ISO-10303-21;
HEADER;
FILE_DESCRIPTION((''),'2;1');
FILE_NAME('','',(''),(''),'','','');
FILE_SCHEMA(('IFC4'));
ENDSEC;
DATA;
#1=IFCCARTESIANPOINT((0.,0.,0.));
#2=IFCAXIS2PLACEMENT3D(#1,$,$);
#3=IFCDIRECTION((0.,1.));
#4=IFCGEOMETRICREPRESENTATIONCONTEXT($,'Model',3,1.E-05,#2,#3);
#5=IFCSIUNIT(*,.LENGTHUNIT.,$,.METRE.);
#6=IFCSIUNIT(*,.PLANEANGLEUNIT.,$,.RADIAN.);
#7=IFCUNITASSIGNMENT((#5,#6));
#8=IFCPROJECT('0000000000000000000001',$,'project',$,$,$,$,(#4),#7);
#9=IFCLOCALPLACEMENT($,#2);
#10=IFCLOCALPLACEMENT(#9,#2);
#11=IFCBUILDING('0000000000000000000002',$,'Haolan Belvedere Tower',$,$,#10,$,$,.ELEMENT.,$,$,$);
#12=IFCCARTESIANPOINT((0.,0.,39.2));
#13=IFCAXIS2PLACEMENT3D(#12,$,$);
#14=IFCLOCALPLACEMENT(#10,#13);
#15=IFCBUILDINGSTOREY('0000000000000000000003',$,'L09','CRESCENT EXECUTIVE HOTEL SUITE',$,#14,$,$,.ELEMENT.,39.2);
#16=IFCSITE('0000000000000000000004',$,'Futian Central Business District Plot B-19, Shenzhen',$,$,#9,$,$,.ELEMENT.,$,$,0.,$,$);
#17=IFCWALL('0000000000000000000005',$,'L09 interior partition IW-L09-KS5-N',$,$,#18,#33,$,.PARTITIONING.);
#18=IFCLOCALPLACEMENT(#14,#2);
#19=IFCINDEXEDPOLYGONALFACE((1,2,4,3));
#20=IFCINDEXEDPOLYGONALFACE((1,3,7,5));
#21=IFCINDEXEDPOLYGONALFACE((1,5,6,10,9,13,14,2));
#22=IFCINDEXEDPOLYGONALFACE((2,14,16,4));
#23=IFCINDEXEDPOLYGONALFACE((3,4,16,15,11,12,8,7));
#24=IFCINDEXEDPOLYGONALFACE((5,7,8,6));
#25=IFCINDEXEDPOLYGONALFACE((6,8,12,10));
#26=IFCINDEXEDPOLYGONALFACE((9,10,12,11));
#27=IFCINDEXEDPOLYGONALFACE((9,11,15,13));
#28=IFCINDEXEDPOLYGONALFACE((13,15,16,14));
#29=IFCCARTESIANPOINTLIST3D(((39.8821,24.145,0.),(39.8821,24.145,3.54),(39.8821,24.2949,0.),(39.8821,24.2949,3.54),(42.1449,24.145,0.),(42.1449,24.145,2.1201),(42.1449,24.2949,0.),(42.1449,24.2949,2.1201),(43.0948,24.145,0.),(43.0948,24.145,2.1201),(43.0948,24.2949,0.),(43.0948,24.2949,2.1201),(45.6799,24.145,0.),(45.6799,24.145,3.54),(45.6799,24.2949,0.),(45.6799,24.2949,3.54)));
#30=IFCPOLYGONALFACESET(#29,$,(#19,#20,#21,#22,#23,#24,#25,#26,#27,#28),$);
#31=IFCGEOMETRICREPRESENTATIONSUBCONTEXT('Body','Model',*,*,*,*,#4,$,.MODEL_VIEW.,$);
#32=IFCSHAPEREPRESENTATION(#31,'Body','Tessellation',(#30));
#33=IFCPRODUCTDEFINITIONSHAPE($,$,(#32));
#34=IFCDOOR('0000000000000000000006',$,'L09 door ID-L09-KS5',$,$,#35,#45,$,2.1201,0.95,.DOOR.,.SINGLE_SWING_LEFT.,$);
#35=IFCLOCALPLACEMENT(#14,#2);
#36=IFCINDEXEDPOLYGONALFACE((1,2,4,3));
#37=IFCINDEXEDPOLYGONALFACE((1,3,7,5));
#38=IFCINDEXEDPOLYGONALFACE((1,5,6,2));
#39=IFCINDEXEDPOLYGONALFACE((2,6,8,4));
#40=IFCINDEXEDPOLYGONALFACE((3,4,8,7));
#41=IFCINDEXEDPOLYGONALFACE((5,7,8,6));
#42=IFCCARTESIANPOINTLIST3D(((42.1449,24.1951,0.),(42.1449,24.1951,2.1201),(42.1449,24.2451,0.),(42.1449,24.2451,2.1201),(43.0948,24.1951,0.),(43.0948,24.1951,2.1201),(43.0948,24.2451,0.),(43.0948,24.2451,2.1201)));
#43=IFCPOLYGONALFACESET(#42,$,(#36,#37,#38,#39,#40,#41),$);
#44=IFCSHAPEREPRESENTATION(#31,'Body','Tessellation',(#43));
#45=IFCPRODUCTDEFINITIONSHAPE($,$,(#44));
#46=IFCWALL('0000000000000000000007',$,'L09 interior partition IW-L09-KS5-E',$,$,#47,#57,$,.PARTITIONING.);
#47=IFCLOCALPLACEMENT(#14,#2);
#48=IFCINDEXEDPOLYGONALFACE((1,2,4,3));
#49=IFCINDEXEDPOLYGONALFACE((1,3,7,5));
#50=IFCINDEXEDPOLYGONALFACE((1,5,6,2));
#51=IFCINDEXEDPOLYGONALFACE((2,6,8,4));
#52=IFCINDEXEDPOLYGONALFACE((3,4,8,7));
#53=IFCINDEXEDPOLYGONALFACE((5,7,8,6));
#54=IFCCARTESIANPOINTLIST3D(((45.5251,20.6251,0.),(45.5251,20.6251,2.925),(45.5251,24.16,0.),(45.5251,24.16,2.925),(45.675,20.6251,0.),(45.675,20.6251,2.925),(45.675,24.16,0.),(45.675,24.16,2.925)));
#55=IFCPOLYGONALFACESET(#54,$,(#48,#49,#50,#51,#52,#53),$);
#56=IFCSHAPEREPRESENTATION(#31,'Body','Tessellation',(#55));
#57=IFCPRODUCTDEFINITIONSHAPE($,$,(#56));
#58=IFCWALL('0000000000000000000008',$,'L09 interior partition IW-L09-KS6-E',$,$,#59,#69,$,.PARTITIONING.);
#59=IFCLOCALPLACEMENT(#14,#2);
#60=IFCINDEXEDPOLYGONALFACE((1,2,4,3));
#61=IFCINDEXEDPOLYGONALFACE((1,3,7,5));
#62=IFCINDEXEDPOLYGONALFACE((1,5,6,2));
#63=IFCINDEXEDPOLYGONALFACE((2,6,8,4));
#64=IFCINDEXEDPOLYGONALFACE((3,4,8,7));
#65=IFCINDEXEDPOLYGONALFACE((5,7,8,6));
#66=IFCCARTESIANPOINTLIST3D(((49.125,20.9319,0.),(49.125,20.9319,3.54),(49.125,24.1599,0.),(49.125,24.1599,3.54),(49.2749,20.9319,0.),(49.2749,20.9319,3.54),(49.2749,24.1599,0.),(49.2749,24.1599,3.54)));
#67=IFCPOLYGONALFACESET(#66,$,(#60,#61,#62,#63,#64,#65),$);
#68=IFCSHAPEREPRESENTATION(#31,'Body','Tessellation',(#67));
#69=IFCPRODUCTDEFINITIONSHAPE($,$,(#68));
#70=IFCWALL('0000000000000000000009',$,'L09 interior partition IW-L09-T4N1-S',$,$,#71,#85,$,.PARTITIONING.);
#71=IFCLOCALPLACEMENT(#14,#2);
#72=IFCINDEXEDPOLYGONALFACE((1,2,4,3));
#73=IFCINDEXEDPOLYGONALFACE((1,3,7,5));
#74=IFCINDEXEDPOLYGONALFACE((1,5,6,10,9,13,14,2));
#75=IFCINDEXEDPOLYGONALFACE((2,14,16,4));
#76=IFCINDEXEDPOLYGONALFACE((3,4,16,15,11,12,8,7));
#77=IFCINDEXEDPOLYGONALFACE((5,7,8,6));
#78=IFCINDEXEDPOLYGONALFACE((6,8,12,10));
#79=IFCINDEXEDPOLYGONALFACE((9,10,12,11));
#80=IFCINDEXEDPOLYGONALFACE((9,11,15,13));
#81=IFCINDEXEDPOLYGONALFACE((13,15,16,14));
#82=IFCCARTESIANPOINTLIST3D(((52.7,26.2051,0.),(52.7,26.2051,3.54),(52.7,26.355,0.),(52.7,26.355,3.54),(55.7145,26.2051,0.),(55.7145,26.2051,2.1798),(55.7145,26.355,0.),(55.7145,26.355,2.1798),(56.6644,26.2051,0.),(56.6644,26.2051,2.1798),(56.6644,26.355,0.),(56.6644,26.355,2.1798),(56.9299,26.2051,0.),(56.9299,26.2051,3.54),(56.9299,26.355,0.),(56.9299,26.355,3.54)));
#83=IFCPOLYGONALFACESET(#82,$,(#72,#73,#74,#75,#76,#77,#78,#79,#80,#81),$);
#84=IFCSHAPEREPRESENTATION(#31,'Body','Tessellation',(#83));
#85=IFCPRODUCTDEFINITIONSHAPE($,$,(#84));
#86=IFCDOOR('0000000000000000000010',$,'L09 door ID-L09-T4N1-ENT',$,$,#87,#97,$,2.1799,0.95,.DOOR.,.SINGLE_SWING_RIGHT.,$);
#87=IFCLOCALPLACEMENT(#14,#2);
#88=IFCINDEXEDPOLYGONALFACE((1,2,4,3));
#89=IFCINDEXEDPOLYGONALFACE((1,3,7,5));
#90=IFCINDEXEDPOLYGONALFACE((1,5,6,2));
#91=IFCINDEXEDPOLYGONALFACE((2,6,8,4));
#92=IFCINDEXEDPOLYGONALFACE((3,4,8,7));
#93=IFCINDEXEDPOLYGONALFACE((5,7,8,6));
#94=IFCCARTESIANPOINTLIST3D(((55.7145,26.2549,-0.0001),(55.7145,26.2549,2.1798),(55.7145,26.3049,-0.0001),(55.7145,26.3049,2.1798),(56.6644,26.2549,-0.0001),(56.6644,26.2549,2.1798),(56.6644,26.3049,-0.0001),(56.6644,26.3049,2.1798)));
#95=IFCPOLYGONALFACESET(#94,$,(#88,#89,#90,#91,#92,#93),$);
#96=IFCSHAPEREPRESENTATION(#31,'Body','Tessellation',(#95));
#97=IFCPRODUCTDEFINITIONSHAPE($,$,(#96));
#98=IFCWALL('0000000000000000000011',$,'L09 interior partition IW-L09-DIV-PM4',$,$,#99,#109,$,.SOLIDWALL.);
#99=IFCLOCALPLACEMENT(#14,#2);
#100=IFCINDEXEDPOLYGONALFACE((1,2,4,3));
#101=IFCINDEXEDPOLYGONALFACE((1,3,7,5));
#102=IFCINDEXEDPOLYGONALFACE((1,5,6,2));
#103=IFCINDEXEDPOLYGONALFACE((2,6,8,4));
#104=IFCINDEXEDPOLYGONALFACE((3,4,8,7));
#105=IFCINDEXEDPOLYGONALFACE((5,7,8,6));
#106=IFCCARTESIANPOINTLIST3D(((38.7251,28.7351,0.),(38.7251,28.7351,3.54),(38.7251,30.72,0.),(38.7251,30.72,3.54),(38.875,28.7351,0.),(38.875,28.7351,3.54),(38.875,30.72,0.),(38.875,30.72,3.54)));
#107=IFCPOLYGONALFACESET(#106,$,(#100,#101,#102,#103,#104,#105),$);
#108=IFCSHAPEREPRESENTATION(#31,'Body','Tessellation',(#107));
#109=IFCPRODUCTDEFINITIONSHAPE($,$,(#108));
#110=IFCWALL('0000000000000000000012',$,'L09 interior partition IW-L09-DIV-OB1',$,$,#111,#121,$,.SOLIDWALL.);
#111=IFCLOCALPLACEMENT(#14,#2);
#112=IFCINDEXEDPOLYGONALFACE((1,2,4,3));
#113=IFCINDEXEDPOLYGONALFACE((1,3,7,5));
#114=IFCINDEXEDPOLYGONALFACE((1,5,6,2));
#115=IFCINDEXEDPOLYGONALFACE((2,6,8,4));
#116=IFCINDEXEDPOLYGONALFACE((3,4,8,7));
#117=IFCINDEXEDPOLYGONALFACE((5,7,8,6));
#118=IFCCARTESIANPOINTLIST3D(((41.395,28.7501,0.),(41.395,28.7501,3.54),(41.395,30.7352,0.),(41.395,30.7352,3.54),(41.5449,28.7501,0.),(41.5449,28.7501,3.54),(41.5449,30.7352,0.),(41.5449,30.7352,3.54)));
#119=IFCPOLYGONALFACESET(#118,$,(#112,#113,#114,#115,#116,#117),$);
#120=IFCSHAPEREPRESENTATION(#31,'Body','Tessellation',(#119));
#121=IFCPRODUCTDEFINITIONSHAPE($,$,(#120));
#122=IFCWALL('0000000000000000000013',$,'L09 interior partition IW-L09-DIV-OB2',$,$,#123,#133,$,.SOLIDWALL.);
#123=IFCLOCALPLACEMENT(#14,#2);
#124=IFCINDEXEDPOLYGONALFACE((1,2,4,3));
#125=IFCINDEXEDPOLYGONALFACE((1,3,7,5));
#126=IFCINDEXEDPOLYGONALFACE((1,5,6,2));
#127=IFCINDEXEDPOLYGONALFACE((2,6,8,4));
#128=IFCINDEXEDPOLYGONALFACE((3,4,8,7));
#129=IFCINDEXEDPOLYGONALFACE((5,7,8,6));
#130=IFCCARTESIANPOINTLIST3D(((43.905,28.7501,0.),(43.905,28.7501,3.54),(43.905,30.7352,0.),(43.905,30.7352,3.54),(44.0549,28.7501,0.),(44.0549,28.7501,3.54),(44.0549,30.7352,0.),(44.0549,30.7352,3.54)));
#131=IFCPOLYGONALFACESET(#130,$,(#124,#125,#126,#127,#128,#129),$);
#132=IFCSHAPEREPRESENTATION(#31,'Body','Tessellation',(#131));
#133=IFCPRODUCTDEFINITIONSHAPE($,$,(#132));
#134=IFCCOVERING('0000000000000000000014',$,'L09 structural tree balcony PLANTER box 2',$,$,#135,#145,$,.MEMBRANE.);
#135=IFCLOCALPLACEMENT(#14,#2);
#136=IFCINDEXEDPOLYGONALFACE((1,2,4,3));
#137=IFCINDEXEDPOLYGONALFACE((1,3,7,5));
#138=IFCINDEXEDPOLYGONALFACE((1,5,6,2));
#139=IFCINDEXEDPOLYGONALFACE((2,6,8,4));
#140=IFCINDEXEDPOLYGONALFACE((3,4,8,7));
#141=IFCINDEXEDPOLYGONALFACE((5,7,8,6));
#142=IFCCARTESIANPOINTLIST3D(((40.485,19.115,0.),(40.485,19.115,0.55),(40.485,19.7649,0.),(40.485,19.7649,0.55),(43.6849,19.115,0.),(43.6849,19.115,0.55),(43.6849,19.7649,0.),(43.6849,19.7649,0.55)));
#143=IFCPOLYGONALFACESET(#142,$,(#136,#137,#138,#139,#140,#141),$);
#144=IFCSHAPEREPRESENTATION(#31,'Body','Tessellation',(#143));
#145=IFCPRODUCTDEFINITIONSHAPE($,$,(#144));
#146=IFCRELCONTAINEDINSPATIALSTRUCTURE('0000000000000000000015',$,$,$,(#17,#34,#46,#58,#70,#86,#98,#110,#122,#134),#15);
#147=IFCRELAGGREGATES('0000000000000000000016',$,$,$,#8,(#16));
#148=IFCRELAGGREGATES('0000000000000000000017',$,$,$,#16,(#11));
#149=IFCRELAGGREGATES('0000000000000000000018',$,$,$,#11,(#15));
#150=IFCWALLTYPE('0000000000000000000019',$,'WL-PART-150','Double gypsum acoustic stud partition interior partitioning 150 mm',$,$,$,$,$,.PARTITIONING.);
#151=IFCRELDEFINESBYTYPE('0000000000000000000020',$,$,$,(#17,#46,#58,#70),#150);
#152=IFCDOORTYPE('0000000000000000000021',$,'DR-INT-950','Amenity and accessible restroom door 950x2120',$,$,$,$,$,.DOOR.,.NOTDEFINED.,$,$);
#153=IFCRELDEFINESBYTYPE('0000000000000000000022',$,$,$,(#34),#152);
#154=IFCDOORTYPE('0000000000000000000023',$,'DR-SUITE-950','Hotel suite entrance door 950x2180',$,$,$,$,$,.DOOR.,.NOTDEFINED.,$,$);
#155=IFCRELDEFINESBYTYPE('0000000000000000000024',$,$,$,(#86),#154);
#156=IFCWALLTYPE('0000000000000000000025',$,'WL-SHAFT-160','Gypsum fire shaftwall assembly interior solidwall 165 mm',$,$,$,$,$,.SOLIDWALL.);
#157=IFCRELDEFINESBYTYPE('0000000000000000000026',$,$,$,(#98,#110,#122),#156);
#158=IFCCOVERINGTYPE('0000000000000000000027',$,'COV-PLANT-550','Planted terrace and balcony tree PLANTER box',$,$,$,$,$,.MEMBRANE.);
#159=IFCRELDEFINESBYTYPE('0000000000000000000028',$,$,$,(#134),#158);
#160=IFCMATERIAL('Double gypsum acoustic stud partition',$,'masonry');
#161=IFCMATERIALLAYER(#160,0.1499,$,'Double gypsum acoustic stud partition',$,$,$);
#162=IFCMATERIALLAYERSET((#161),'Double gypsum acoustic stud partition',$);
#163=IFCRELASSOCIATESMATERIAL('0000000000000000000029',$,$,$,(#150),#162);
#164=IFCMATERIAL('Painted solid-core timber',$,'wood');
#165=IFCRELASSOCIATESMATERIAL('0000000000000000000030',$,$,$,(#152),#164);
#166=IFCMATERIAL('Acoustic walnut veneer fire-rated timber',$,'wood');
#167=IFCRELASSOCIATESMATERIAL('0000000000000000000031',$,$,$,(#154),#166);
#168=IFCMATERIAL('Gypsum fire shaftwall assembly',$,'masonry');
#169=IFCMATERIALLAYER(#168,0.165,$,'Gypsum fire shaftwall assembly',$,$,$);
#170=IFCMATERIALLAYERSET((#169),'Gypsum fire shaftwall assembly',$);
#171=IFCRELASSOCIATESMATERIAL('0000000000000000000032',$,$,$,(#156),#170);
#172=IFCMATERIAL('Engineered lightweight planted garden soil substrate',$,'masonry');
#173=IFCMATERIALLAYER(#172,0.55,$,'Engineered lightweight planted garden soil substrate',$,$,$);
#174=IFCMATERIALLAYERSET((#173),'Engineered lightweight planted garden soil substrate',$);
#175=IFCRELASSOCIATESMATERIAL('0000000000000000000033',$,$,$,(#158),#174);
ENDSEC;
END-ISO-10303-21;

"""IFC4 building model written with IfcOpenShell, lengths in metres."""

from ifc_helpers import new_model, si_unit, direction, frame, frame_2d, origin, origin_2d, place, context, subcontext, project, spatial, rectangle, extrude, material, layer, layer_set, type_object, element, fill, save


model = new_model("IFC4")

# Units and contexts
model_context = context("Model", 3, precision=1e-05, world=origin(), true_north=direction((0.0, 1.0)))
body_context = subcontext(model_context, "Body", "Model", "MODEL_VIEW")
ifc_project = project(units=[si_unit("LENGTHUNIT", "METRE"), si_unit("PLANEANGLEUNIT", "RADIAN")], contexts=[model_context])

# Site, building, storey
site_placement = place(None, origin())
site = spatial("IfcSite", under=ifc_project, at=site_placement, Name="Futian Central Business District Plot B-19, Shenzhen", CompositionType="ELEMENT", RefElevation=0.0)
building_placement = place(site_placement, origin())
building = spatial("IfcBuilding", under=site, at=building_placement, Name="Haolan Belvedere Tower", CompositionType="ELEMENT")
storey_placement = place(building_placement, frame((0.0, 0.0, 39.2)))
storey = spatial("IfcBuildingStorey", under=building, at=storey_placement, Name="L09", Description="CRESCENT EXECUTIVE HOTEL SUITE", CompositionType="ELEMENT", Elevation=39.2)

# Shared definitions
ifc_material_1 = material(Name="Double gypsum acoustic stud partition", Category="masonry")
ifc_layer_1 = layer(ifc_material_1, 0.1499, Name="Double gypsum acoustic stud partition")
ifc_layer_set_1 = layer_set([ifc_layer_1], Name="Double gypsum acoustic stud partition")
wall_type_1 = type_object("IfcWallType", Name="WL-PART-150", Description="Double gypsum acoustic stud partition interior partitioning 150 mm", PredefinedType="PARTITIONING", material=ifc_layer_set_1)

# Wall, opening, door
wall_1_placement = place(storey_placement, frame((39.8821, 24.22, 0.0), z_axis=(0.0, 0.0, 1.0), x_axis=(1.0, 0.0, 0.0)))
wall_1 = element("IfcWall", 1, at=wall_1_placement, inside=storey, type_object=wall_type_1, Name="L09 interior partition IW-L09-KS5-N", PredefinedType="PARTITIONING", context=body_context, shape_type="SweptSolid", body=[
    extrude(rectangle(XDim=5.7979, YDim=0.1499, at=frame_2d((2.8989, 0.0))), origin(), (0.0, 0.0, 1.0), 3.54),
])
opening_1_placement = place(wall_1_placement, frame((3.2129, 0.0, 0.0), z_axis=(0.0, 0.0, 1.0), x_axis=(-1.0, 0.0, 0.0)))
opening_1 = element("IfcOpeningElement", 2, at=opening_1_placement, cuts=wall_1, PredefinedType="OPENING", context=body_context, shape_type="SweptSolid", body=[
    extrude(rectangle(XDim=0.95, YDim=2.1201, at=frame_2d((0.4751, 1.0601))), frame((0.0, 0.085, 0.0), z_axis=(0.0, -1.0, 0.0), x_axis=(1.0, 0.0, 0.0)), (0.0, 0.0, 1.0), 0.1699),
])
ifc_material_2 = material(Name="Painted solid-core timber", Category="wood")
door_type_1 = type_object("IfcDoorType", Name="DR-INT-950", Description="Amenity and accessible restroom door 950x2120", OperationType="NOTDEFINED", PredefinedType="DOOR", material=ifc_material_2)
door_1_placement = place(opening_1_placement, origin())
door_1 = element("IfcDoor", 3, at=door_1_placement, inside=storey, type_object=door_type_1, Name="L09 door ID-L09-KS5", OperationType="SINGLE_SWING_LEFT", OverallHeight=2.1201, OverallWidth=0.95, PredefinedType="DOOR", context=body_context, shape_type="SweptSolid", body=[
    extrude(rectangle(XDim=0.95, YDim=2.1201, at=frame_2d((0.4751, 1.0601))), frame((0.0, 0.0249, 0.0), z_axis=(0.0, -1.0, 0.0), x_axis=(1.0, 0.0, 0.0)), (0.0, 0.0, 1.0), 0.05),
])
fill(opening_1, door_1)

# Wall
wall_2_placement = place(storey_placement, frame((45.6001, 20.625, 0.0), z_axis=(0.0, 0.0, 1.0), x_axis=(0.0, 1.0, 0.0)))
element("IfcWall", 4, at=wall_2_placement, inside=storey, type_object=wall_type_1, Name="L09 interior partition IW-L09-KS5-E", PredefinedType="PARTITIONING", context=body_context, shape_type="SweptSolid", body=[
    extrude(rectangle(XDim=3.5349, YDim=0.1499, at=frame_2d((1.7676, 0.0))), origin(), (0.0, 0.0, 1.0), 2.925),
])

# Wall
wall_3_placement = place(storey_placement, frame((49.2, 20.9319, 0.0), z_axis=(0.0, 0.0, 1.0), x_axis=(0.0, 1.0, 0.0)))
element("IfcWall", 5, at=wall_3_placement, inside=storey, type_object=wall_type_1, Name="L09 interior partition IW-L09-KS6-E", PredefinedType="PARTITIONING", context=body_context, shape_type="SweptSolid", body=[
    extrude(rectangle(XDim=3.228, YDim=0.1499, at=frame_2d((1.614, 0.0))), origin(), (0.0, 0.0, 1.0), 3.54),
])

# Wall, opening, door
wall_4_placement = place(storey_placement, frame((52.7, 26.28, 0.0), z_axis=(0.0, 0.0, 1.0), x_axis=(1.0, 0.0, 0.0)))
wall_4 = element("IfcWall", 6, at=wall_4_placement, inside=storey, type_object=wall_type_1, Name="L09 interior partition IW-L09-T4N1-S", PredefinedType="PARTITIONING", context=body_context, shape_type="SweptSolid", body=[
    extrude(rectangle(XDim=4.23, YDim=0.1499, at=frame_2d((2.115, 0.0))), origin(), (0.0, 0.0, 1.0), 3.54),
])
opening_2_placement = place(wall_4_placement, frame((3.0144, 0.0, 0.0)))
opening_2 = element("IfcOpeningElement", 7, at=opening_2_placement, cuts=wall_4, PredefinedType="OPENING", context=body_context, shape_type="SweptSolid", body=[
    extrude(rectangle(XDim=0.95, YDim=2.1799, at=frame_2d((0.4751, 1.0898))), frame((0.0, 0.085, 0.0), z_axis=(0.0, -1.0, 0.0), x_axis=(1.0, 0.0, 0.0)), (0.0, 0.0, 1.0), 0.1699),
])
ifc_material_3 = material(Name="Acoustic walnut veneer fire-rated timber", Category="wood")
door_type_2 = type_object("IfcDoorType", Name="DR-SUITE-950", Description="Hotel suite entrance door 950x2180", OperationType="NOTDEFINED", PredefinedType="DOOR", material=ifc_material_3)
door_2_placement = place(opening_2_placement, origin())
door_2 = element("IfcDoor", 8, at=door_2_placement, inside=storey, type_object=door_type_2, Name="L09 door ID-L09-T4N1-ENT", OperationType="SINGLE_SWING_RIGHT", OverallHeight=2.1799, OverallWidth=0.95, PredefinedType="DOOR", context=body_context, shape_type="SweptSolid", body=[
    extrude(rectangle(XDim=0.95, YDim=2.1799, at=frame_2d((0.4751, 1.0898))), frame((0.0, 0.0249, 0.0), z_axis=(0.0, -1.0, 0.0), x_axis=(1.0, 0.0, 0.0)), (0.0, 0.0, 1.0), 0.05),
])
fill(opening_2, door_2)

# Walls
ifc_material_4 = material(Name="Gypsum fire shaftwall assembly", Category="masonry")
ifc_layer_2 = layer(ifc_material_4, 0.165, Name="Gypsum fire shaftwall assembly")
ifc_layer_set_2 = layer_set([ifc_layer_2], Name="Gypsum fire shaftwall assembly")
wall_type_2 = type_object("IfcWallType", Name="WL-SHAFT-160", Description="Gypsum fire shaftwall assembly interior solidwall 165 mm", PredefinedType="SOLIDWALL", material=ifc_layer_set_2)
wall_5_placement = place(storey_placement, frame((38.8, 28.7351, 0.0), z_axis=(0.0, 0.0, 1.0), x_axis=(0.0, 1.0, 0.0)))
element("IfcWall", 9, at=wall_5_placement, inside=storey, type_object=wall_type_2, Name="L09 interior partition IW-L09-DIV-PM4", PredefinedType="SOLIDWALL", context=body_context, shape_type="SweptSolid", body=[
    extrude(rectangle(XDim=1.9849, YDim=0.1499, at=frame_2d((0.9924, 0.0))), origin(), (0.0, 0.0, 1.0), 3.54),
])
for number, where, z_axis, x_axis, name in (
    (10, (41.47, 28.75, 0.0), (0.0, 0.0, 1.0), (0.0, 1.0, 0.0), "L09 interior partition IW-L09-DIV-OB1"),
    (11, (43.98, 28.75, 0.0), (0.0, 0.0, 1.0), (0.0, 1.0, 0.0), "L09 interior partition IW-L09-DIV-OB2"),
):
    element("IfcWall", number, at=place(storey_placement, frame(where, z_axis=z_axis, x_axis=x_axis)), inside=storey, type_object=wall_type_2, Name=name, PredefinedType="SOLIDWALL", context=body_context, shape_type="SweptSolid", body=[
        extrude(rectangle(XDim=1.9851, YDim=0.1499, at=frame_2d((0.9927, 0.0))), origin(), (0.0, 0.0, 1.0), 3.54),
    ])

# Covering
ifc_material_5 = material(Name="Engineered lightweight planted garden soil substrate", Category="masonry")
ifc_layer_3 = layer(ifc_material_5, 0.55, Name="Engineered lightweight planted garden soil substrate")
ifc_layer_set_3 = layer_set([ifc_layer_3], Name="Engineered lightweight planted garden soil substrate")
covering_type = type_object("IfcCoveringType", Name="COV-PLANT-550", Description="Planted terrace and balcony tree PLANTER box", PredefinedType="MEMBRANE", material=ifc_layer_set_3)
covering_placement = place(storey_placement, frame((42.085, 19.4399, 0.0), z_axis=(0.0, 0.0, 1.0), x_axis=(1.0, 0.0, 0.0)))
element("IfcCovering", 12, at=covering_placement, inside=storey, type_object=covering_type, Name="L09 structural tree balcony PLANTER box 2", PredefinedType="MEMBRANE", context=body_context, shape_type="SweptSolid", body=[
    extrude(rectangle(XDim=3.2, YDim=0.6499, at=origin_2d()), origin(), (0.0, 0.0, 1.0), 0.55),
])

save(model, "model.ifc")
